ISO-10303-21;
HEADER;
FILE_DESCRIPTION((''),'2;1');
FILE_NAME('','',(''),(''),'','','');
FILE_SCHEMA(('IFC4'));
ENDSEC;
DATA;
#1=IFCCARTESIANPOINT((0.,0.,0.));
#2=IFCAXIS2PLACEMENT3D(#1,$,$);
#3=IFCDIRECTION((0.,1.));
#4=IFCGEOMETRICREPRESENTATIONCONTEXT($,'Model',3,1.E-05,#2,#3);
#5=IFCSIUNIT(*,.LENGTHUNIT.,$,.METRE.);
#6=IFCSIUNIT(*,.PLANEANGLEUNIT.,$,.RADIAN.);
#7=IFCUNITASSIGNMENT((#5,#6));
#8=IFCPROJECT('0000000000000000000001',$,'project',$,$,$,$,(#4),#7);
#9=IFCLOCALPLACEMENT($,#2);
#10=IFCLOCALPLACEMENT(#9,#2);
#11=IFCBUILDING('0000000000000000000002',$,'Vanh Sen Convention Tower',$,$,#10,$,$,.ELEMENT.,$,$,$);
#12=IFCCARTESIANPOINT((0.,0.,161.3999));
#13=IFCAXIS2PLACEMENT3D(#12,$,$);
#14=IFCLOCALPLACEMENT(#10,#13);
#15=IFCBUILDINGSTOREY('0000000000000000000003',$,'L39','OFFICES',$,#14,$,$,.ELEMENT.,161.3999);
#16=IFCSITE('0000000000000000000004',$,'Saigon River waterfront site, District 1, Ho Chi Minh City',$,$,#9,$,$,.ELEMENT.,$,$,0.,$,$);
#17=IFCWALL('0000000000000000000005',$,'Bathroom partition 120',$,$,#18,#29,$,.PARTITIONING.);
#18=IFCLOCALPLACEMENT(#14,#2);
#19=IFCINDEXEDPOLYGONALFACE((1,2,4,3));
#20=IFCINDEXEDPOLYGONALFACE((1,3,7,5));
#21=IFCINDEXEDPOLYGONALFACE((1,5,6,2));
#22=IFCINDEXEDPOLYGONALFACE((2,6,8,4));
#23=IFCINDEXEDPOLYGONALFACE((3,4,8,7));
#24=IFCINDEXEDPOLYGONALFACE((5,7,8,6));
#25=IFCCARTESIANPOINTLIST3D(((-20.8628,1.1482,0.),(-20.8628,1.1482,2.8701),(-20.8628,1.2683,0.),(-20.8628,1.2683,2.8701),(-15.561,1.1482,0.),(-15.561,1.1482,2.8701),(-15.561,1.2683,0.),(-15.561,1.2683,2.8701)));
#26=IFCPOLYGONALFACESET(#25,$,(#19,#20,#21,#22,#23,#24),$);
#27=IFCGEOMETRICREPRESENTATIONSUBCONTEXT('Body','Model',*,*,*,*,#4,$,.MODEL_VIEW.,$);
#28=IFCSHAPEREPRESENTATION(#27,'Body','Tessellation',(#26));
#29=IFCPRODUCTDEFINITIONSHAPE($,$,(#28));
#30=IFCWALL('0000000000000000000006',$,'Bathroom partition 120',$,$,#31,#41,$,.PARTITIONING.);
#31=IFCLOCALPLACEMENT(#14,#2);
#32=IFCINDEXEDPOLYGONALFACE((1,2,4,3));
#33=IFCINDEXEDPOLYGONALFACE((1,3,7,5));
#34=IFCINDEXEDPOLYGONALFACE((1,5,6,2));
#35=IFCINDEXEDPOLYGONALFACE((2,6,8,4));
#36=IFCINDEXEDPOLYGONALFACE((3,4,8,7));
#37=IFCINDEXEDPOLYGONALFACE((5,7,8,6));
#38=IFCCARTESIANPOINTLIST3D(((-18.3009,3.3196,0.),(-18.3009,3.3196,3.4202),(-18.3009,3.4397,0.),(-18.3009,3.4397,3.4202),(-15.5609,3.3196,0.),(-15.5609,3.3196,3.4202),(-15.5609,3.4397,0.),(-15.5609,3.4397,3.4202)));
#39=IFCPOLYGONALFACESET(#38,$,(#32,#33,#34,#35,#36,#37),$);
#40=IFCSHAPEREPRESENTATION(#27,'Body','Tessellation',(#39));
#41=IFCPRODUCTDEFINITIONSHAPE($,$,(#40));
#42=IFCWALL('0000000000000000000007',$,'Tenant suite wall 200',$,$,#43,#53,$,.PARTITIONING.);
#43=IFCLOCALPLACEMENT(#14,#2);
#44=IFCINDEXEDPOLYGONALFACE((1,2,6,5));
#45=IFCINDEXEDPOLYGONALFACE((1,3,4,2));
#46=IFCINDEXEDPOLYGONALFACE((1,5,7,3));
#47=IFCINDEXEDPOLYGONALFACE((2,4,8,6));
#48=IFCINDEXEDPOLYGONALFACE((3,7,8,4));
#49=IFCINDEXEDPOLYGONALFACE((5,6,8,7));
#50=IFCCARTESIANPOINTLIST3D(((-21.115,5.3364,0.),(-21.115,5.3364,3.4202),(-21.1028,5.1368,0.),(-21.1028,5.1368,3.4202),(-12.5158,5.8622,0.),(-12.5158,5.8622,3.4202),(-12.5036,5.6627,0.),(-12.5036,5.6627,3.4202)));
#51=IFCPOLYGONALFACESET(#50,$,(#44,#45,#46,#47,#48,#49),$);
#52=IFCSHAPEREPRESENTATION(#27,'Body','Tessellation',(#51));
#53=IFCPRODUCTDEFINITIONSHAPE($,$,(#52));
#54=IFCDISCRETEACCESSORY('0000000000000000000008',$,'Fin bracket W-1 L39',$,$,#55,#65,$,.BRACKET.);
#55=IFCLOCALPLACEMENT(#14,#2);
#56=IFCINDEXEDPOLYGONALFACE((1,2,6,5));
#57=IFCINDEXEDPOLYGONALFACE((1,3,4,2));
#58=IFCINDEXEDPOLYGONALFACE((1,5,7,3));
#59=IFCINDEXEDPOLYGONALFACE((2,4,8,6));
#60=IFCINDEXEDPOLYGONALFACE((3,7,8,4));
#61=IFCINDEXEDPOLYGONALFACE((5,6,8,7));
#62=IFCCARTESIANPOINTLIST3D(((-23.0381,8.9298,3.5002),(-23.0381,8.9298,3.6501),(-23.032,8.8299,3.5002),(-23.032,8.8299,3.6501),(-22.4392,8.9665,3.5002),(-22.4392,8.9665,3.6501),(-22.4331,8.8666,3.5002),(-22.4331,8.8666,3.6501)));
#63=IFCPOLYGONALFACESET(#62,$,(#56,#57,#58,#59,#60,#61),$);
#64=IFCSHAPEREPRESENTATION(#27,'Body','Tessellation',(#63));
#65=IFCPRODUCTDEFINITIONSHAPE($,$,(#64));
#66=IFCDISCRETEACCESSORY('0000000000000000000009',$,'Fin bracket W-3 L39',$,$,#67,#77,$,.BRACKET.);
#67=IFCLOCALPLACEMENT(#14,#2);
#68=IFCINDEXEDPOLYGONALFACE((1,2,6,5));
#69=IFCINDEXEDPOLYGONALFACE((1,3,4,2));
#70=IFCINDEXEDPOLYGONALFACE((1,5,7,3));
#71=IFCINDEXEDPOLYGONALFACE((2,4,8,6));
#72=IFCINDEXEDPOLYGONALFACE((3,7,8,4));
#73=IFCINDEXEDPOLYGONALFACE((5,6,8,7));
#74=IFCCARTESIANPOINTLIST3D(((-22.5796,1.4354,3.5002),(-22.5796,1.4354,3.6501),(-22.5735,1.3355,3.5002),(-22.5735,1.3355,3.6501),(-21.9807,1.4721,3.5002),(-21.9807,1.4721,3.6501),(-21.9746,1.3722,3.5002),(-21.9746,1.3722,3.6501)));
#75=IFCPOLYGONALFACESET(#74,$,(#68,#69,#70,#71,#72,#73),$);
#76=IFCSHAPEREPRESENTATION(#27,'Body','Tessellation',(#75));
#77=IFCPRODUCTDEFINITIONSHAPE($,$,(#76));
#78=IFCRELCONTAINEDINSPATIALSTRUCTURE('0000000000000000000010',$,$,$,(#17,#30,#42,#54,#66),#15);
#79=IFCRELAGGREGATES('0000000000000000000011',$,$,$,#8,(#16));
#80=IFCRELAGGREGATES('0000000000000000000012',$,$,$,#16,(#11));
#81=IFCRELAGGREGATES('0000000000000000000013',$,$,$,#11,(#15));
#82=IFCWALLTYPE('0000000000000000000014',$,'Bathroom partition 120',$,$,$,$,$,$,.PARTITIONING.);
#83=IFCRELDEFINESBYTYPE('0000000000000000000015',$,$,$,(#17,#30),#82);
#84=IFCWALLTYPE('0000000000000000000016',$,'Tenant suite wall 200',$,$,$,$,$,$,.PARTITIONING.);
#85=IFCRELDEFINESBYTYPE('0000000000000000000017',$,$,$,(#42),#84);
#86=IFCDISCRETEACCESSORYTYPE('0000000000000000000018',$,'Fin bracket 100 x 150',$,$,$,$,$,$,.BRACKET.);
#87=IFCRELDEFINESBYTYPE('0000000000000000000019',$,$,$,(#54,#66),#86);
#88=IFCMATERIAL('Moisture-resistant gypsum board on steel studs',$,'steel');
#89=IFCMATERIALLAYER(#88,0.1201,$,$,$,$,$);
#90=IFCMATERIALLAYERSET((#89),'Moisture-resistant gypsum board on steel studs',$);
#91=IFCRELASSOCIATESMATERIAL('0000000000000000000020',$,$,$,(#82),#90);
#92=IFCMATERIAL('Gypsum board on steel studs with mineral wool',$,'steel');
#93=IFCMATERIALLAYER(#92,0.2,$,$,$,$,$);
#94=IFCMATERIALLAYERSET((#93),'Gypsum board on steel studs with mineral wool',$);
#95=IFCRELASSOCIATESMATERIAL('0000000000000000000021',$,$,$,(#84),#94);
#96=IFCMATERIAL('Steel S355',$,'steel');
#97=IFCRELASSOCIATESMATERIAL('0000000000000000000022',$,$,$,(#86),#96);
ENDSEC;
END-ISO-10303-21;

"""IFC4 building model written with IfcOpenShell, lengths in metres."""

from ifc_helpers import new_model, si_unit, direction, frame, frame_2d, origin, origin_2d, place, context, subcontext, project, spatial, rectangle, extrude, material, layer, layer_set, type_object, element, save


model = new_model("IFC4")

# Units and contexts
model_context = context("Model", 3, precision=1e-05, world=origin(), true_north=direction((0.0, 1.0)))
body_context = subcontext(model_context, "Body", "Model", "MODEL_VIEW")
ifc_project = project(units=[si_unit("LENGTHUNIT", "METRE"), si_unit("PLANEANGLEUNIT", "RADIAN")], contexts=[model_context])

# Site, building, storey
site_placement = place(None, origin())
site = spatial("IfcSite", under=ifc_project, at=site_placement, Name="Saigon River waterfront site, District 1, Ho Chi Minh City", CompositionType="ELEMENT", RefElevation=0.0)
building_placement = place(site_placement, origin())
building = spatial("IfcBuilding", under=site, at=building_placement, Name="Vanh Sen Convention Tower", CompositionType="ELEMENT")
storey_placement = place(building_placement, frame((0.0, 0.0, 161.3999)))
storey = spatial("IfcBuildingStorey", under=building, at=storey_placement, Name="L39", Description="OFFICES", CompositionType="ELEMENT", Elevation=161.3999)

# Walls
ifc_material_1 = material(Name="Moisture-resistant gypsum board on steel studs", Category="steel")
ifc_layer_1 = layer(ifc_material_1, 0.1201)
ifc_layer_set_1 = layer_set([ifc_layer_1], Name="Moisture-resistant gypsum board on steel studs")
wall_type_1 = type_object("IfcWallType", Name="Bathroom partition 120", PredefinedType="PARTITIONING", material=ifc_layer_set_1)
wall_1_placement = place(storey_placement, frame((-20.8628, 1.2083, 0.0), z_axis=(0.0, 0.0, 1.0), x_axis=(1.0, 0.0, 0.0)))
element("IfcWall", 1, at=wall_1_placement, inside=storey, type_object=wall_type_1, Name="Bathroom partition 120", PredefinedType="PARTITIONING", context=body_context, shape_type="SweptSolid", body=[
    extrude(rectangle(XDim=5.3018, YDim=0.1201, at=frame_2d((2.6509, 0.0))), origin(), (0.0, 0.0, 1.0), 2.8701),
])
wall_2_placement = place(storey_placement, frame((-18.301, 3.3796, 0.0), z_axis=(0.0, 0.0, 1.0), x_axis=(1.0, 0.0, 0.0)))
element("IfcWall", 2, at=wall_2_placement, inside=storey, type_object=wall_type_1, Name="Bathroom partition 120", PredefinedType="PARTITIONING", context=body_context, shape_type="SweptSolid", body=[
    extrude(rectangle(XDim=2.74, YDim=0.1201, at=frame_2d((1.3701, 0.0))), origin(), (0.0, 0.0, 1.0), 3.4202),
])
ifc_material_2 = material(Name="Gypsum board on steel studs with mineral wool", Category="steel")
ifc_layer_2 = layer(ifc_material_2, 0.2)
ifc_layer_set_2 = layer_set([ifc_layer_2], Name="Gypsum board on steel studs with mineral wool")
wall_type_2 = type_object("IfcWallType", Name="Tenant suite wall 200", PredefinedType="PARTITIONING", material=ifc_layer_set_2)
wall_3_placement = place(storey_placement, frame((-21.1089, 5.2366, 0.0), z_axis=(0.0, 0.0, 1.0), x_axis=(0.998135, 0.061041, 0.0)))
element("IfcWall", 3, at=wall_3_placement, inside=storey, type_object=wall_type_2, Name="Tenant suite wall 200", PredefinedType="PARTITIONING", context=body_context, shape_type="SweptSolid", body=[
    extrude(rectangle(XDim=8.6152, YDim=0.2, at=frame_2d((4.3076, 0.0))), origin(), (0.0, 0.0, 1.0), 3.4202),
])

# Discrete accessories
ifc_material_3 = material(Name="Steel S355", Category="steel")
discrete_accessory_type = type_object("IfcDiscreteAccessoryType", Name="Fin bracket 100 x 150", PredefinedType="BRACKET", material=ifc_material_3)
for number, where, z_axis, x_axis, name in (
    (4, (-22.7356, 8.8982, 3.5002), (0.0, 0.0, 1.0), (-0.998135, -0.061049, 0.0), "Fin bracket W-1 L39"),
    (5, (-22.2771, 1.4038, 3.5002), (0.0, 0.0, 1.0), (-0.998135, -0.061049, 0.0), "Fin bracket W-3 L39"),
):
    element("IfcDiscreteAccessory", number, at=place(storey_placement, frame(where, z_axis=z_axis, x_axis=x_axis)), inside=storey, type_object=discrete_accessory_type, Name=name, PredefinedType="BRACKET", context=body_context, shape_type="SweptSolid", body=[
        extrude(rectangle(XDim=0.6001, YDim=0.1001, at=origin_2d()), origin(), (0.0, 0.0, 1.0), 0.1499),
    ])

save(model, "model.ifc")
